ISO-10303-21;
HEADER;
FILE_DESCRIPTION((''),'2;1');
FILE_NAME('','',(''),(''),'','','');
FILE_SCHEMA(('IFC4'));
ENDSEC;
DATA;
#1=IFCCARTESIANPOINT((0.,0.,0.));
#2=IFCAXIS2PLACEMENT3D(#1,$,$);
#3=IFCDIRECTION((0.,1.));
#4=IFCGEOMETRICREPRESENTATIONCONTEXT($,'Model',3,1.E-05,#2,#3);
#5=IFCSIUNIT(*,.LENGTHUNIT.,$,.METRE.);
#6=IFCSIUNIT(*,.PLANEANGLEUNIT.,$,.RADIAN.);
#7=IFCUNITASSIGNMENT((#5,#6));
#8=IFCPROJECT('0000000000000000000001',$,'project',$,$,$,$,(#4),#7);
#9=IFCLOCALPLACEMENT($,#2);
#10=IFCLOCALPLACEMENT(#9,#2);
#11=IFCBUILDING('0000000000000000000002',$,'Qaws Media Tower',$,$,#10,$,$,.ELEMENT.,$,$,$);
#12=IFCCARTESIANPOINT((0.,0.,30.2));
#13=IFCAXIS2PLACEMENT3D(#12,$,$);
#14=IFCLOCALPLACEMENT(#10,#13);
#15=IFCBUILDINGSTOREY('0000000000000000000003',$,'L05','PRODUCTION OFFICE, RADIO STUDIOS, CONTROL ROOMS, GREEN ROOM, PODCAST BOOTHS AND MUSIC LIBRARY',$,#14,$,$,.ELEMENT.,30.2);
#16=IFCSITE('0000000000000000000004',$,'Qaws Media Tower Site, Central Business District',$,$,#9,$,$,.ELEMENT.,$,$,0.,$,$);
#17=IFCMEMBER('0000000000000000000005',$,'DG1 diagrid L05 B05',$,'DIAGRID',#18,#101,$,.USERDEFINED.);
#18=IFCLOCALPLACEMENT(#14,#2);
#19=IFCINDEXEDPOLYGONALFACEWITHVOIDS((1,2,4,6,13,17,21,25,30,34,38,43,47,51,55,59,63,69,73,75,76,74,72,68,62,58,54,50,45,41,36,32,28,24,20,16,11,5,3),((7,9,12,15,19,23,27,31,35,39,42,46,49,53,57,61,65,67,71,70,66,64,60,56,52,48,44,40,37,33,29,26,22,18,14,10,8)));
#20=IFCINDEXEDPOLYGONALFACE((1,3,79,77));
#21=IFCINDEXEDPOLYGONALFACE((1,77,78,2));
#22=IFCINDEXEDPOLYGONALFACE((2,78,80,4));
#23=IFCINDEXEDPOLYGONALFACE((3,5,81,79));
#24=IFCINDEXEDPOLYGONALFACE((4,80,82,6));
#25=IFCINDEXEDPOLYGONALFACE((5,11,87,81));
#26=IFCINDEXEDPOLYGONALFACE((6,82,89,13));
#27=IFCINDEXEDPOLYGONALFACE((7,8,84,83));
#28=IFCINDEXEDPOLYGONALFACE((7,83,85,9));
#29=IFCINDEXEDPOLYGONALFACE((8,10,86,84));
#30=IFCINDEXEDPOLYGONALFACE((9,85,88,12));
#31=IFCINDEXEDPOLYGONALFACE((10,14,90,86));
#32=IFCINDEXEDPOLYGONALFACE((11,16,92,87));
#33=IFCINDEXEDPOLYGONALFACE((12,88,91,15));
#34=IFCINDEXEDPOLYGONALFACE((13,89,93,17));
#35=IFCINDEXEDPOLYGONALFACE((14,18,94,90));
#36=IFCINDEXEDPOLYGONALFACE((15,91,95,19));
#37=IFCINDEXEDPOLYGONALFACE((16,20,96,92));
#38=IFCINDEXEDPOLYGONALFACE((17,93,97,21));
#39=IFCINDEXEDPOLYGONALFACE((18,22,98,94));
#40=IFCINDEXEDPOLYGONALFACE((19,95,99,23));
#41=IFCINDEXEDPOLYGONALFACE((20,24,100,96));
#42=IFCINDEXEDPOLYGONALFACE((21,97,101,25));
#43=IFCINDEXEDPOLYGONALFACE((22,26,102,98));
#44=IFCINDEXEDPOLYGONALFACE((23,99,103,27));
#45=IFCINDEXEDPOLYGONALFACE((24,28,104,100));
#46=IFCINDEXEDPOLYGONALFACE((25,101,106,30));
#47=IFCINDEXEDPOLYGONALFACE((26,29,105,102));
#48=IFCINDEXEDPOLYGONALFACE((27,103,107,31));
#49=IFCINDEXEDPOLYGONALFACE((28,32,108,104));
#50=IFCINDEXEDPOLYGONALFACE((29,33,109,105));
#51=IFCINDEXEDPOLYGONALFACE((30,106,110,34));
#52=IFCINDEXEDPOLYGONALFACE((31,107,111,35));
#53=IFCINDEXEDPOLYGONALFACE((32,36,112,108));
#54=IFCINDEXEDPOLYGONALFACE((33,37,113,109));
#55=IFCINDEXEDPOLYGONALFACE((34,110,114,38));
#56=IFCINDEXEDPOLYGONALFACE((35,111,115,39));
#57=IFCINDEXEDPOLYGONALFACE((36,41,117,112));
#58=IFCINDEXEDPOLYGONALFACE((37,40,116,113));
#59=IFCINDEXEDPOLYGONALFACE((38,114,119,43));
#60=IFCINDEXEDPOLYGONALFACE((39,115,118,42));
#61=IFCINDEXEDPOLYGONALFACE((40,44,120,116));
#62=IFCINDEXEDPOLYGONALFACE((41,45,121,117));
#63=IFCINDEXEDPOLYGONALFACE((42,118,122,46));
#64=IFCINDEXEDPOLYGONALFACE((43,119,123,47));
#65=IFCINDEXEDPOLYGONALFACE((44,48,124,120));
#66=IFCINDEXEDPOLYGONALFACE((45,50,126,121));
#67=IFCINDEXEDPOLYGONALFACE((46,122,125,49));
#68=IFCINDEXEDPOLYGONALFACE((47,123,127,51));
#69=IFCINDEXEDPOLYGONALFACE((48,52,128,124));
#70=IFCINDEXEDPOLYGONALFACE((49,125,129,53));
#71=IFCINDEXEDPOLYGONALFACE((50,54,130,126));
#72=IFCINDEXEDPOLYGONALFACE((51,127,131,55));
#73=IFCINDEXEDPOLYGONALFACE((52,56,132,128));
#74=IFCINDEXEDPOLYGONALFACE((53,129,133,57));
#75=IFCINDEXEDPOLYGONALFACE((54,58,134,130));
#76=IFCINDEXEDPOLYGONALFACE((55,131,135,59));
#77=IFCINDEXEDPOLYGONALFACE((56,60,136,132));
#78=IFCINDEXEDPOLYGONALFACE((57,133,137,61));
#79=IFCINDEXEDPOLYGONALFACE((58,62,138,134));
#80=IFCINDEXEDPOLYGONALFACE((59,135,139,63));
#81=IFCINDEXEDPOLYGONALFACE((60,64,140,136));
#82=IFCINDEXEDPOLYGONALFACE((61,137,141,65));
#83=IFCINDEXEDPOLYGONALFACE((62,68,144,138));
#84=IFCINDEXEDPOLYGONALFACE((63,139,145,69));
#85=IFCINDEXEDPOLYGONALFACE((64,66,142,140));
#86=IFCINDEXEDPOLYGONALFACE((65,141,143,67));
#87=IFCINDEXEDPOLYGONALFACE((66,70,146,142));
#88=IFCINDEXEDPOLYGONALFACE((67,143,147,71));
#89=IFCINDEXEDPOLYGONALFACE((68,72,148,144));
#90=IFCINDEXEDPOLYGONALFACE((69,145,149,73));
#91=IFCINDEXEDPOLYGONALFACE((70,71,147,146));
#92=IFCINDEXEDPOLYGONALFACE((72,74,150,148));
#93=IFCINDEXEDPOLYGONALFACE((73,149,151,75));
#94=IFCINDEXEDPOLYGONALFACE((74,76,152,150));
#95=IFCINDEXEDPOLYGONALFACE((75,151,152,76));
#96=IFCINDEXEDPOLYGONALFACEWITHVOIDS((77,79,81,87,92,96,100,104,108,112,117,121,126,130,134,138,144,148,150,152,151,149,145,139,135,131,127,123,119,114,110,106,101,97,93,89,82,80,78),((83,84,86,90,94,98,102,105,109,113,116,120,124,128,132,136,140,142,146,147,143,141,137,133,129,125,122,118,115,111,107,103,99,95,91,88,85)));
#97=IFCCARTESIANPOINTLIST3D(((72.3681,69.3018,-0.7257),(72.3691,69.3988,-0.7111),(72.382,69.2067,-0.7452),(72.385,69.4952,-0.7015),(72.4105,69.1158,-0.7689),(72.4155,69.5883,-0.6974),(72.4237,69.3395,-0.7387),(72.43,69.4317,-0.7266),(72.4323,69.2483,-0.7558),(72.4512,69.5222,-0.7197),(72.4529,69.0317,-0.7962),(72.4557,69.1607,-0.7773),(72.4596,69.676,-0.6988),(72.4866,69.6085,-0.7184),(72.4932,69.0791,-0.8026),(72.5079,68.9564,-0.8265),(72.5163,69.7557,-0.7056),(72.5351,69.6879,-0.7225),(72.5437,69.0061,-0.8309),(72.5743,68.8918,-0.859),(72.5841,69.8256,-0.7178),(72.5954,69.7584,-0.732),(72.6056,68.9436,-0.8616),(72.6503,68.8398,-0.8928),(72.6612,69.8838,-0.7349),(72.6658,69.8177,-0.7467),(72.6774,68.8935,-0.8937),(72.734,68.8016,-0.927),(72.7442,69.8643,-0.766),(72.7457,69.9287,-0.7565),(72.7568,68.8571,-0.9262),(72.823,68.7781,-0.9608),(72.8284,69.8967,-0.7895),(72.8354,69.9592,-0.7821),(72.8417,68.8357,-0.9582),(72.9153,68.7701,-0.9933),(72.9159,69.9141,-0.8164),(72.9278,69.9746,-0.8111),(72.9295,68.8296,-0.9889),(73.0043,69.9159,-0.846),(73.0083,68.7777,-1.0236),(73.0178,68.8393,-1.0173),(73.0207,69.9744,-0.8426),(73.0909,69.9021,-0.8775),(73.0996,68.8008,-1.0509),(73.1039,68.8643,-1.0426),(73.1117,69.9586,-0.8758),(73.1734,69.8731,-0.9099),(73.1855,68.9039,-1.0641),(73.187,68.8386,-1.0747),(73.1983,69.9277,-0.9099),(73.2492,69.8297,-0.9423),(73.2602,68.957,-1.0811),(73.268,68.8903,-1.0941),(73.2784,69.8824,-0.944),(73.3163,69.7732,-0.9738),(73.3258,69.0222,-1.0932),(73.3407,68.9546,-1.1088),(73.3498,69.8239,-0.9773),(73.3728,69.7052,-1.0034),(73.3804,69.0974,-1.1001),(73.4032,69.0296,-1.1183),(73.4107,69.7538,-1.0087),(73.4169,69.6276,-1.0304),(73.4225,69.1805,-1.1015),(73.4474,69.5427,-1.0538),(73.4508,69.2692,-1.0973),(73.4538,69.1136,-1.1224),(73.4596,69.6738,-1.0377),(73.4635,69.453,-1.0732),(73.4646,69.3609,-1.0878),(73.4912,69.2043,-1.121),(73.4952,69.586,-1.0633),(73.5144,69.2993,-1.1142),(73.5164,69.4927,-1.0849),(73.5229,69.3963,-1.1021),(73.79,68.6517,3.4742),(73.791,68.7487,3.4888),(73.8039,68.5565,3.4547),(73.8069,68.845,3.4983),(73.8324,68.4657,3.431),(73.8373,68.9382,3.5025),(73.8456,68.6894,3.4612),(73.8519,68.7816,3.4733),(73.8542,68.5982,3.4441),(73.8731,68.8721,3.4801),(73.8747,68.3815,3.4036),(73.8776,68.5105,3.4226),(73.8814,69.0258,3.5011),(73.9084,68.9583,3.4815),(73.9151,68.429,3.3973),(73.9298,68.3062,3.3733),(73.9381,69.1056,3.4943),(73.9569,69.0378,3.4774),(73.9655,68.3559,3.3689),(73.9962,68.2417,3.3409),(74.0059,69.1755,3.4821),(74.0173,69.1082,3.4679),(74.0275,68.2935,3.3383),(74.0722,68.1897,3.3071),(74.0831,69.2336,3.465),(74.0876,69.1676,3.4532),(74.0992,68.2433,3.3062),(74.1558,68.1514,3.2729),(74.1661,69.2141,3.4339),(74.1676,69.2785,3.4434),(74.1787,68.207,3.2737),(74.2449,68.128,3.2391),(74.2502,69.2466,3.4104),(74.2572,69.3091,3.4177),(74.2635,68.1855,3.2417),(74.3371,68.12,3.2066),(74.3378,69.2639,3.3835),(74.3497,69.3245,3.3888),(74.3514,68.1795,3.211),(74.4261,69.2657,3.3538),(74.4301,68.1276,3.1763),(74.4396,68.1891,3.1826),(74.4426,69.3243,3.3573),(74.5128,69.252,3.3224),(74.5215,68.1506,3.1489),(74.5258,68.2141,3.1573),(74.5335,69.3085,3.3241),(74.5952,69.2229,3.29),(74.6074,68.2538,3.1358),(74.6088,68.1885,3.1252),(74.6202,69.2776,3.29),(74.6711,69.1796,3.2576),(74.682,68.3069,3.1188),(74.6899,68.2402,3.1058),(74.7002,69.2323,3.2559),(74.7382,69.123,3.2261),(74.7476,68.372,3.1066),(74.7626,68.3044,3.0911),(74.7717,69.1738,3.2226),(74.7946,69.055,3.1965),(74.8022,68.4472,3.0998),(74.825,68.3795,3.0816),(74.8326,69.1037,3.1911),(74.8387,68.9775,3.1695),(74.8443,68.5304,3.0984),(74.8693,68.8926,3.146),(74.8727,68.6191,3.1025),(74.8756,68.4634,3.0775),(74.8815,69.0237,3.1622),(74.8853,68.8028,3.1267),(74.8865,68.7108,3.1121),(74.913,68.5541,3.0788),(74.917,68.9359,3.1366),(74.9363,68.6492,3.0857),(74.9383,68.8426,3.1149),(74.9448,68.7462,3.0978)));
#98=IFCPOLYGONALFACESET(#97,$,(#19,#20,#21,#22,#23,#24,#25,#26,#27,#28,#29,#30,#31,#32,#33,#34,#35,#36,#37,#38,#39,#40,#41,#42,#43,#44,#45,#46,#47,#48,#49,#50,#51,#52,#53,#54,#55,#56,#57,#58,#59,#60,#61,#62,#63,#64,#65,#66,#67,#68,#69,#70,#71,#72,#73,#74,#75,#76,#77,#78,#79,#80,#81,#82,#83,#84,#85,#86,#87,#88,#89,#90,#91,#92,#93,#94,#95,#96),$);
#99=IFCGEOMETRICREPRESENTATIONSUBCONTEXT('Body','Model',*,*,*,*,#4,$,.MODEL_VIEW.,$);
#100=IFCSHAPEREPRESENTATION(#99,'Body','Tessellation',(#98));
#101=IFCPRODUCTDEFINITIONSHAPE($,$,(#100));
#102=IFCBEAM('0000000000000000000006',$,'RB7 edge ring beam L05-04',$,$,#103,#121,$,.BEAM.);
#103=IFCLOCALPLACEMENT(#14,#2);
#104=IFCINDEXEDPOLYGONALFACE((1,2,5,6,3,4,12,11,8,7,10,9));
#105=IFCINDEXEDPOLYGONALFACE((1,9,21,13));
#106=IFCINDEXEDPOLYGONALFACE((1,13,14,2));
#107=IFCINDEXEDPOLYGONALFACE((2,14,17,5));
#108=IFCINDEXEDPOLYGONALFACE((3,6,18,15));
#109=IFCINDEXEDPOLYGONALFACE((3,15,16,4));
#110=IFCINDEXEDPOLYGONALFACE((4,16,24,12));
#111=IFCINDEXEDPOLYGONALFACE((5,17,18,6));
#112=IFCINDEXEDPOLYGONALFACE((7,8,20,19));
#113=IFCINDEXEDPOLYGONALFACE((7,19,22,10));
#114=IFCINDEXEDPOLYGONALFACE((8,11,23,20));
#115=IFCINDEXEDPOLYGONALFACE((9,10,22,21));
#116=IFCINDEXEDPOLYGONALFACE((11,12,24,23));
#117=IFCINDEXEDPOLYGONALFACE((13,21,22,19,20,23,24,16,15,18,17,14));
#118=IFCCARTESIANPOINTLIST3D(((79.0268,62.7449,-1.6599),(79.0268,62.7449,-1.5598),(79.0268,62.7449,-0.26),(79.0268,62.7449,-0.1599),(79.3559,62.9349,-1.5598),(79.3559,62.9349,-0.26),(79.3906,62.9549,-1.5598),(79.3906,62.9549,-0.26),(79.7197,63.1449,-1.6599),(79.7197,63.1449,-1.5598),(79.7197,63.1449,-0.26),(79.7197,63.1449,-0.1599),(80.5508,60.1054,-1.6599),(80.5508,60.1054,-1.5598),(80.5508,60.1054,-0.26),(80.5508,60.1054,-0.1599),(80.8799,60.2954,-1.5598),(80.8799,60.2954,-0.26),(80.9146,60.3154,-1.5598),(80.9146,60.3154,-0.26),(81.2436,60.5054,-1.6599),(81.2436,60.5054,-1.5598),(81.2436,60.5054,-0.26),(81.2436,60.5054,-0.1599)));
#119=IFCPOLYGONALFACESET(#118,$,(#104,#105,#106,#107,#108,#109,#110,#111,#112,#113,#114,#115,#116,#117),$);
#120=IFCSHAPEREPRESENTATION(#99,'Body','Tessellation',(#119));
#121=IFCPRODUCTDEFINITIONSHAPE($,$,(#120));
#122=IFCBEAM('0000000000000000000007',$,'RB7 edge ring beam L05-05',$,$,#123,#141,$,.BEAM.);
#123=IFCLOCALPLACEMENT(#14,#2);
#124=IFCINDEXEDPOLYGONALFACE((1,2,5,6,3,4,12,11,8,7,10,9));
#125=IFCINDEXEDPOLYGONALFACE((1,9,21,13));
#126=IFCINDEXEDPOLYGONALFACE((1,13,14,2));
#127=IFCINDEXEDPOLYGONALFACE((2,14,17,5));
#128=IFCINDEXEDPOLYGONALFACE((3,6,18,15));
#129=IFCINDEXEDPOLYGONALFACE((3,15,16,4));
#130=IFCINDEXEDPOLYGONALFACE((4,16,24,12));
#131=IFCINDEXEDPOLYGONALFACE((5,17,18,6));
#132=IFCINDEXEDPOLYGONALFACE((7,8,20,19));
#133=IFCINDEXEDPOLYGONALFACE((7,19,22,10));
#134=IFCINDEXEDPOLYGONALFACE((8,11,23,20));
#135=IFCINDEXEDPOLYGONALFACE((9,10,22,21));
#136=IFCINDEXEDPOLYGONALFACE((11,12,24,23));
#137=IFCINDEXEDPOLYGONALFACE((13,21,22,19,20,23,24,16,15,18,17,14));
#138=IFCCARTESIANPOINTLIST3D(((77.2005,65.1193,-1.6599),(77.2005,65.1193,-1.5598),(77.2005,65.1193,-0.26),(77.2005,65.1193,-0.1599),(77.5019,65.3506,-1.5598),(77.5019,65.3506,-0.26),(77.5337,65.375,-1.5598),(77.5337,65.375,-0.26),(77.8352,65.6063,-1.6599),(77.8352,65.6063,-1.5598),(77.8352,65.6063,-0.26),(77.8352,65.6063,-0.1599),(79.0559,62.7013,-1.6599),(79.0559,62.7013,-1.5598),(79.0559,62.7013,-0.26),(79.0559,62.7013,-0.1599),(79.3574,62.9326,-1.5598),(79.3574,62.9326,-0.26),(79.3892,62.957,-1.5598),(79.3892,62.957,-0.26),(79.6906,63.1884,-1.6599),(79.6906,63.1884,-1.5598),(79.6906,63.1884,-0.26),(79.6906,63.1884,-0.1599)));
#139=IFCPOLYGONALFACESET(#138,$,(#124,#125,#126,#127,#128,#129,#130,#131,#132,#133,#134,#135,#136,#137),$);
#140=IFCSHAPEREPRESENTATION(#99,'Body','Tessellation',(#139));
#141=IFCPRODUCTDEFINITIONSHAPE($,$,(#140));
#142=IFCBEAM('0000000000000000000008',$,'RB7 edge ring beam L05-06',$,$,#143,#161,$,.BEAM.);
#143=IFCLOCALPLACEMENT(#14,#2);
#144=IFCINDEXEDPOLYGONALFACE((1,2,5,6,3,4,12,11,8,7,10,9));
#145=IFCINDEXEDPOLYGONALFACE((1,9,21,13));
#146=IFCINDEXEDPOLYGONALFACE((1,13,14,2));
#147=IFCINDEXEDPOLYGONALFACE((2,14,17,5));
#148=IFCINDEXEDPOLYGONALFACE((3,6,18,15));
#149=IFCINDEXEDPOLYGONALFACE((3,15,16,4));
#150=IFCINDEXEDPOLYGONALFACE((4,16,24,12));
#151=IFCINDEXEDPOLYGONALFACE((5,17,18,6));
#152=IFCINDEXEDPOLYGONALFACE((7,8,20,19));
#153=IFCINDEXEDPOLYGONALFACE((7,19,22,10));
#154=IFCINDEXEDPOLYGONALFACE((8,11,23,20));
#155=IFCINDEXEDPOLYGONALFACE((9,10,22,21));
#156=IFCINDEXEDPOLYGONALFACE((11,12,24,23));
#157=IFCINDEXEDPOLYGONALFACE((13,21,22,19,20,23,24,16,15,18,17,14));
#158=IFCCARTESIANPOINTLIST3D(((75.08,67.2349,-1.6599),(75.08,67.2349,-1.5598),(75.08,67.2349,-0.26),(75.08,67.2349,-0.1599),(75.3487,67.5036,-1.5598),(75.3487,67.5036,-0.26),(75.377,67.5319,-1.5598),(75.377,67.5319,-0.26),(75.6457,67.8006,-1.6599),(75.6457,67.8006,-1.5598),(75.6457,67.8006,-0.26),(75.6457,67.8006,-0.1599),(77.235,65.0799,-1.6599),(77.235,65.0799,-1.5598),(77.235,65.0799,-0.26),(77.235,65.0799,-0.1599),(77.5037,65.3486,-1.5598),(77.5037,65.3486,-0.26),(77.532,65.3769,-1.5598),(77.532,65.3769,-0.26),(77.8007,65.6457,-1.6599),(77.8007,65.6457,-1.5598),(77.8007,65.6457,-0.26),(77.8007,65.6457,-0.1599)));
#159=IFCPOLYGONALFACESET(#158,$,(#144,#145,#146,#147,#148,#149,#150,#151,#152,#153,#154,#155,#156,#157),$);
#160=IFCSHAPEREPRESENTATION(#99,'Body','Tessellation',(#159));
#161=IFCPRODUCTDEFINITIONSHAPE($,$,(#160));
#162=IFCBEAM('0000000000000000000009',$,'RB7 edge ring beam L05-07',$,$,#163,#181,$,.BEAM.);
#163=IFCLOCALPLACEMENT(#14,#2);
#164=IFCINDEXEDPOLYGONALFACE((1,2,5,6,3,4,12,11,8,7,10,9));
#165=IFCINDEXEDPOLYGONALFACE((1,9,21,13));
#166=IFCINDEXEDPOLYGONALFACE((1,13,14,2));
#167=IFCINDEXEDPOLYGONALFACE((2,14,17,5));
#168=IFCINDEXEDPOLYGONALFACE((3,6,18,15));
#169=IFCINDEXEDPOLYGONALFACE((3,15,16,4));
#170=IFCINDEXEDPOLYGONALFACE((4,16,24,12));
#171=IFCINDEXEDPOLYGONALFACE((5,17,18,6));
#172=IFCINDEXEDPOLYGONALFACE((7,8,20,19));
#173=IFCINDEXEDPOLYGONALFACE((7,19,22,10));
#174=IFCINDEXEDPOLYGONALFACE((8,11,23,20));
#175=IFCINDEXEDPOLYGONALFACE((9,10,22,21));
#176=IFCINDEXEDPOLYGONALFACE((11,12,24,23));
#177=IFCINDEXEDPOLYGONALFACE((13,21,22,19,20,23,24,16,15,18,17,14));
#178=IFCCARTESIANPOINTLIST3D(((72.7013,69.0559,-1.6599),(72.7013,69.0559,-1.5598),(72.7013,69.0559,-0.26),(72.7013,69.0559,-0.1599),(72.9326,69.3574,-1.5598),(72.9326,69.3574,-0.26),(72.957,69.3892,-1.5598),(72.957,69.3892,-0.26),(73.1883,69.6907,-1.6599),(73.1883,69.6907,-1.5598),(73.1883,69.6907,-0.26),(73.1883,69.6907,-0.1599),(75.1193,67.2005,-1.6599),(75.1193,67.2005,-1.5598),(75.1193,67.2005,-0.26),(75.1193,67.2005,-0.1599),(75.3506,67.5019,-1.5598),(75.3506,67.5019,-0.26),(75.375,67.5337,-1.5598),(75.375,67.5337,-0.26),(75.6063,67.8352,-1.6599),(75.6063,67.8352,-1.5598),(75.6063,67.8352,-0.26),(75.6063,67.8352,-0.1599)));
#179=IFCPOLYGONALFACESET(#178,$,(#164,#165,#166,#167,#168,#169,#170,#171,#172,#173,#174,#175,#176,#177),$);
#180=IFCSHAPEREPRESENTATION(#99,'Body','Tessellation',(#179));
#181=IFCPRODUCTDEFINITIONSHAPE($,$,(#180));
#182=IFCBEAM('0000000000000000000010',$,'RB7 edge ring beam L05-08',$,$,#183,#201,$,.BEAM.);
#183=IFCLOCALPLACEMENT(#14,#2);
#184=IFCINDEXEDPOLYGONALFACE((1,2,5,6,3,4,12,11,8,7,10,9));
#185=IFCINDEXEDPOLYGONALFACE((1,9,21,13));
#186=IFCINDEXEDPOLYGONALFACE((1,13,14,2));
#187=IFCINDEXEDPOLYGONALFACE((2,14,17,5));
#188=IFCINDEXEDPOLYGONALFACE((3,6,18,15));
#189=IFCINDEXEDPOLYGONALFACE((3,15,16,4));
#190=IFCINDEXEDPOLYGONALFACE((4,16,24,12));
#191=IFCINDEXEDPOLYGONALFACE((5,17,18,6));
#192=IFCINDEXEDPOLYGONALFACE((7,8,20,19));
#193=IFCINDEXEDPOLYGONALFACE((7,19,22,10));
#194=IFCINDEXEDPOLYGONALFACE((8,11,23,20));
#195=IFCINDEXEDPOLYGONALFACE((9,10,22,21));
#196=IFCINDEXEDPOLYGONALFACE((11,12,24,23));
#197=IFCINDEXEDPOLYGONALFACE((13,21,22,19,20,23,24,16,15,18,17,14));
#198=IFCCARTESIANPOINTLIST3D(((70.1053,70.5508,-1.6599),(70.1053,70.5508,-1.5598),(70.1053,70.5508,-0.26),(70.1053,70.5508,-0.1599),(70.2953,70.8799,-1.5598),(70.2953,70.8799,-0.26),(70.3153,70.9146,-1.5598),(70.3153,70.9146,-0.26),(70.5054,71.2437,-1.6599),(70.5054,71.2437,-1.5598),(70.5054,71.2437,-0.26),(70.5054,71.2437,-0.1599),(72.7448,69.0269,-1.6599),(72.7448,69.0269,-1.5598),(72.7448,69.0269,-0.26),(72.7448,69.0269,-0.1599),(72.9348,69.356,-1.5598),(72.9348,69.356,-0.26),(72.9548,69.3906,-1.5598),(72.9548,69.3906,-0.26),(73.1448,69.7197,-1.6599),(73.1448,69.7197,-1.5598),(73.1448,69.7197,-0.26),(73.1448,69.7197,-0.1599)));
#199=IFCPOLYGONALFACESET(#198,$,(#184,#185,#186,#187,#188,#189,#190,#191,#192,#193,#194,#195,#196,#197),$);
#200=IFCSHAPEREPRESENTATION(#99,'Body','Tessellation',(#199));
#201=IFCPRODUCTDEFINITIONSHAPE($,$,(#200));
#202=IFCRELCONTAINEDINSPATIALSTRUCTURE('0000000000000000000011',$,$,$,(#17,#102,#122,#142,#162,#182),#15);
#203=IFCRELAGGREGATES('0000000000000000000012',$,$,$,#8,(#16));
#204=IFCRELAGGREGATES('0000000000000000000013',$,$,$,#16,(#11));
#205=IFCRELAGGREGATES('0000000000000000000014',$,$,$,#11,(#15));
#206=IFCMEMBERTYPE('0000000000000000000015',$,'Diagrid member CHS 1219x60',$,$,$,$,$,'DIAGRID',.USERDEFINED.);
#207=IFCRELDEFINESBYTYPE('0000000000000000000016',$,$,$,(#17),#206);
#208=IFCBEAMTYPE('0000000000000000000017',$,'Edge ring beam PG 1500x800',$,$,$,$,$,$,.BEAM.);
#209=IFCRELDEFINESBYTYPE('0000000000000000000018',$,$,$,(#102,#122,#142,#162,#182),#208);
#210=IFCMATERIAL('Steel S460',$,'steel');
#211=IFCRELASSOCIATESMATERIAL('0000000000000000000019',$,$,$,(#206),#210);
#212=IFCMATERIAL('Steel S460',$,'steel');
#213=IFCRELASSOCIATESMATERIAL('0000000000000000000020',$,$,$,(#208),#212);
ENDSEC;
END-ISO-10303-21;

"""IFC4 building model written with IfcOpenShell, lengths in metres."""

from ifc_helpers import new_model, si_unit, direction, frame, origin, origin_2d, place, context, subcontext, project, spatial, hollow_circle, i_section, extrude, material, material_profile, profile_set, type_object, element, save


model = new_model("IFC4")

# Units and contexts
model_context = context("Model", 3, precision=1e-05, world=origin(), true_north=direction((0.0, 1.0)))
body_context = subcontext(model_context, "Body", "Model", "MODEL_VIEW")
ifc_project = project(units=[si_unit("LENGTHUNIT", "METRE"), si_unit("PLANEANGLEUNIT", "RADIAN")], contexts=[model_context])

# Site, building, storey
site_placement = place(None, origin())
site = spatial("IfcSite", under=ifc_project, at=site_placement, Name="Qaws Media Tower Site, Central Business District", CompositionType="ELEMENT", RefElevation=0.0)
building_placement = place(site_placement, origin())
building = spatial("IfcBuilding", under=site, at=building_placement, Name="Qaws Media Tower", CompositionType="ELEMENT")
storey_placement = place(building_placement, frame((0.0, 0.0, 30.2)))
storey = spatial("IfcBuildingStorey", under=building, at=storey_placement, Name="L05", Description="PRODUCTION OFFICE, RADIO STUDIOS, CONTROL ROOMS, GREEN ROOM, PODCAST BOOTHS AND MUSIC LIBRARY", CompositionType="ELEMENT", Elevation=30.2)

# Member
ifc_material_1 = material(Name="Steel S460", Category="steel")
ifc_material_profile_1 = material_profile(ifc_material_1, hollow_circle(Radius=0.6096, WallThickness=0.0601, at=origin_2d()), Name="CHS 1219x60")
ifc_profile_set_1 = profile_set([ifc_material_profile_1], Name="Steel S460")
member_type_1 = type_object("IfcMemberType", Name="Diagrid member CHS 1219x60", ElementType="DIAGRID", PredefinedType="USERDEFINED", material=ifc_profile_set_1)
member_1_placement = place(storey_placement, frame((72.9448, 69.3733, -0.9099), z_axis=(0.317275, -0.145073, 0.937171), x_axis=(0.415837, 0.909439, 0.0)))
element("IfcMember", 1, at=member_1_placement, inside=storey, type_object=member_type_1, Name="DG1 diagrid L05 B05", ObjectType="DIAGRID", PredefinedType="USERDEFINED", context=body_context, shape_type="SweptSolid", body=[
    extrude(hollow_circle(Radius=0.6096, WallThickness=0.0601, at=origin_2d()), origin(), (0.0, 0.0, 1.0), 4.4814),
])

# Beams
ifc_material_2 = material(Name="Steel S460", Category="steel")
ifc_material_profile_2 = material_profile(ifc_material_2, i_section(OverallWidth=0.8, OverallDepth=1.5, WebThickness=0.04, FlangeThickness=0.1001, at=origin_2d()), Name="PG 1500x800")
ifc_profile_set_2 = profile_set([ifc_material_profile_2], Name="Steel S460")
beam_type = type_object("IfcBeamType", Name="Edge ring beam PG 1500x800", PredefinedType="BEAM", material=ifc_profile_set_2)
for number, where, z_axis, x_axis, name in (
    (2, (80.8972, 60.3054, -0.9099), (-0.500016, 0.866016, 0.0), (-0.866016, -0.500016, 0.0), "RB7 edge ring beam L05-04"),
    (3, (79.3733, 62.9448, -0.9099), (-0.608781, 0.793338, 0.0), (-0.793338, -0.608781, 0.0), "RB7 edge ring beam L05-05"),
):
    element("IfcBeam", number, at=place(storey_placement, frame(where, z_axis=z_axis, x_axis=x_axis)), inside=storey, type_object=beam_type, Name=name, PredefinedType="BEAM", context=body_context, shape_type="SweptSolid", body=[
        extrude(i_section(OverallWidth=0.8, OverallDepth=1.5, WebThickness=0.04, FlangeThickness=0.1001, at=origin_2d()), origin(), (0.0, 0.0, 1.0), 3.0479),
    ])
beam_placement = place(storey_placement, frame((77.5178, 65.3628, -0.9099), z_axis=(-0.707107, 0.707107, 0.0), x_axis=(-0.707107, -0.707107, 0.0)))
element("IfcBeam", 4, at=beam_placement, inside=storey, type_object=beam_type, Name="RB7 edge ring beam L05-06", PredefinedType="BEAM", context=body_context, shape_type="SweptSolid", body=[
    extrude(i_section(OverallWidth=0.8, OverallDepth=1.5, WebThickness=0.04, FlangeThickness=0.1001, at=origin_2d()), origin(), (0.0, 0.0, 1.0), 3.0476),
])
for number, where, z_axis, x_axis, name in (
    (5, (75.3628, 67.5178, -0.9099), (-0.793338, 0.608781, 0.0), (-0.608781, -0.793338, 0.0), "RB7 edge ring beam L05-07"),
    (6, (72.9448, 69.3733, -0.9099), (-0.866016, 0.500016, 0.0), (-0.500016, -0.866016, 0.0), "RB7 edge ring beam L05-08"),
):
    element("IfcBeam", number, at=place(storey_placement, frame(where, z_axis=z_axis, x_axis=x_axis)), inside=storey, type_object=beam_type, Name=name, PredefinedType="BEAM", context=body_context, shape_type="SweptSolid", body=[
        extrude(i_section(OverallWidth=0.8, OverallDepth=1.5, WebThickness=0.04, FlangeThickness=0.1001, at=origin_2d()), origin(), (0.0, 0.0, 1.0), 3.0479),
    ])

save(model, "model.ifc")
